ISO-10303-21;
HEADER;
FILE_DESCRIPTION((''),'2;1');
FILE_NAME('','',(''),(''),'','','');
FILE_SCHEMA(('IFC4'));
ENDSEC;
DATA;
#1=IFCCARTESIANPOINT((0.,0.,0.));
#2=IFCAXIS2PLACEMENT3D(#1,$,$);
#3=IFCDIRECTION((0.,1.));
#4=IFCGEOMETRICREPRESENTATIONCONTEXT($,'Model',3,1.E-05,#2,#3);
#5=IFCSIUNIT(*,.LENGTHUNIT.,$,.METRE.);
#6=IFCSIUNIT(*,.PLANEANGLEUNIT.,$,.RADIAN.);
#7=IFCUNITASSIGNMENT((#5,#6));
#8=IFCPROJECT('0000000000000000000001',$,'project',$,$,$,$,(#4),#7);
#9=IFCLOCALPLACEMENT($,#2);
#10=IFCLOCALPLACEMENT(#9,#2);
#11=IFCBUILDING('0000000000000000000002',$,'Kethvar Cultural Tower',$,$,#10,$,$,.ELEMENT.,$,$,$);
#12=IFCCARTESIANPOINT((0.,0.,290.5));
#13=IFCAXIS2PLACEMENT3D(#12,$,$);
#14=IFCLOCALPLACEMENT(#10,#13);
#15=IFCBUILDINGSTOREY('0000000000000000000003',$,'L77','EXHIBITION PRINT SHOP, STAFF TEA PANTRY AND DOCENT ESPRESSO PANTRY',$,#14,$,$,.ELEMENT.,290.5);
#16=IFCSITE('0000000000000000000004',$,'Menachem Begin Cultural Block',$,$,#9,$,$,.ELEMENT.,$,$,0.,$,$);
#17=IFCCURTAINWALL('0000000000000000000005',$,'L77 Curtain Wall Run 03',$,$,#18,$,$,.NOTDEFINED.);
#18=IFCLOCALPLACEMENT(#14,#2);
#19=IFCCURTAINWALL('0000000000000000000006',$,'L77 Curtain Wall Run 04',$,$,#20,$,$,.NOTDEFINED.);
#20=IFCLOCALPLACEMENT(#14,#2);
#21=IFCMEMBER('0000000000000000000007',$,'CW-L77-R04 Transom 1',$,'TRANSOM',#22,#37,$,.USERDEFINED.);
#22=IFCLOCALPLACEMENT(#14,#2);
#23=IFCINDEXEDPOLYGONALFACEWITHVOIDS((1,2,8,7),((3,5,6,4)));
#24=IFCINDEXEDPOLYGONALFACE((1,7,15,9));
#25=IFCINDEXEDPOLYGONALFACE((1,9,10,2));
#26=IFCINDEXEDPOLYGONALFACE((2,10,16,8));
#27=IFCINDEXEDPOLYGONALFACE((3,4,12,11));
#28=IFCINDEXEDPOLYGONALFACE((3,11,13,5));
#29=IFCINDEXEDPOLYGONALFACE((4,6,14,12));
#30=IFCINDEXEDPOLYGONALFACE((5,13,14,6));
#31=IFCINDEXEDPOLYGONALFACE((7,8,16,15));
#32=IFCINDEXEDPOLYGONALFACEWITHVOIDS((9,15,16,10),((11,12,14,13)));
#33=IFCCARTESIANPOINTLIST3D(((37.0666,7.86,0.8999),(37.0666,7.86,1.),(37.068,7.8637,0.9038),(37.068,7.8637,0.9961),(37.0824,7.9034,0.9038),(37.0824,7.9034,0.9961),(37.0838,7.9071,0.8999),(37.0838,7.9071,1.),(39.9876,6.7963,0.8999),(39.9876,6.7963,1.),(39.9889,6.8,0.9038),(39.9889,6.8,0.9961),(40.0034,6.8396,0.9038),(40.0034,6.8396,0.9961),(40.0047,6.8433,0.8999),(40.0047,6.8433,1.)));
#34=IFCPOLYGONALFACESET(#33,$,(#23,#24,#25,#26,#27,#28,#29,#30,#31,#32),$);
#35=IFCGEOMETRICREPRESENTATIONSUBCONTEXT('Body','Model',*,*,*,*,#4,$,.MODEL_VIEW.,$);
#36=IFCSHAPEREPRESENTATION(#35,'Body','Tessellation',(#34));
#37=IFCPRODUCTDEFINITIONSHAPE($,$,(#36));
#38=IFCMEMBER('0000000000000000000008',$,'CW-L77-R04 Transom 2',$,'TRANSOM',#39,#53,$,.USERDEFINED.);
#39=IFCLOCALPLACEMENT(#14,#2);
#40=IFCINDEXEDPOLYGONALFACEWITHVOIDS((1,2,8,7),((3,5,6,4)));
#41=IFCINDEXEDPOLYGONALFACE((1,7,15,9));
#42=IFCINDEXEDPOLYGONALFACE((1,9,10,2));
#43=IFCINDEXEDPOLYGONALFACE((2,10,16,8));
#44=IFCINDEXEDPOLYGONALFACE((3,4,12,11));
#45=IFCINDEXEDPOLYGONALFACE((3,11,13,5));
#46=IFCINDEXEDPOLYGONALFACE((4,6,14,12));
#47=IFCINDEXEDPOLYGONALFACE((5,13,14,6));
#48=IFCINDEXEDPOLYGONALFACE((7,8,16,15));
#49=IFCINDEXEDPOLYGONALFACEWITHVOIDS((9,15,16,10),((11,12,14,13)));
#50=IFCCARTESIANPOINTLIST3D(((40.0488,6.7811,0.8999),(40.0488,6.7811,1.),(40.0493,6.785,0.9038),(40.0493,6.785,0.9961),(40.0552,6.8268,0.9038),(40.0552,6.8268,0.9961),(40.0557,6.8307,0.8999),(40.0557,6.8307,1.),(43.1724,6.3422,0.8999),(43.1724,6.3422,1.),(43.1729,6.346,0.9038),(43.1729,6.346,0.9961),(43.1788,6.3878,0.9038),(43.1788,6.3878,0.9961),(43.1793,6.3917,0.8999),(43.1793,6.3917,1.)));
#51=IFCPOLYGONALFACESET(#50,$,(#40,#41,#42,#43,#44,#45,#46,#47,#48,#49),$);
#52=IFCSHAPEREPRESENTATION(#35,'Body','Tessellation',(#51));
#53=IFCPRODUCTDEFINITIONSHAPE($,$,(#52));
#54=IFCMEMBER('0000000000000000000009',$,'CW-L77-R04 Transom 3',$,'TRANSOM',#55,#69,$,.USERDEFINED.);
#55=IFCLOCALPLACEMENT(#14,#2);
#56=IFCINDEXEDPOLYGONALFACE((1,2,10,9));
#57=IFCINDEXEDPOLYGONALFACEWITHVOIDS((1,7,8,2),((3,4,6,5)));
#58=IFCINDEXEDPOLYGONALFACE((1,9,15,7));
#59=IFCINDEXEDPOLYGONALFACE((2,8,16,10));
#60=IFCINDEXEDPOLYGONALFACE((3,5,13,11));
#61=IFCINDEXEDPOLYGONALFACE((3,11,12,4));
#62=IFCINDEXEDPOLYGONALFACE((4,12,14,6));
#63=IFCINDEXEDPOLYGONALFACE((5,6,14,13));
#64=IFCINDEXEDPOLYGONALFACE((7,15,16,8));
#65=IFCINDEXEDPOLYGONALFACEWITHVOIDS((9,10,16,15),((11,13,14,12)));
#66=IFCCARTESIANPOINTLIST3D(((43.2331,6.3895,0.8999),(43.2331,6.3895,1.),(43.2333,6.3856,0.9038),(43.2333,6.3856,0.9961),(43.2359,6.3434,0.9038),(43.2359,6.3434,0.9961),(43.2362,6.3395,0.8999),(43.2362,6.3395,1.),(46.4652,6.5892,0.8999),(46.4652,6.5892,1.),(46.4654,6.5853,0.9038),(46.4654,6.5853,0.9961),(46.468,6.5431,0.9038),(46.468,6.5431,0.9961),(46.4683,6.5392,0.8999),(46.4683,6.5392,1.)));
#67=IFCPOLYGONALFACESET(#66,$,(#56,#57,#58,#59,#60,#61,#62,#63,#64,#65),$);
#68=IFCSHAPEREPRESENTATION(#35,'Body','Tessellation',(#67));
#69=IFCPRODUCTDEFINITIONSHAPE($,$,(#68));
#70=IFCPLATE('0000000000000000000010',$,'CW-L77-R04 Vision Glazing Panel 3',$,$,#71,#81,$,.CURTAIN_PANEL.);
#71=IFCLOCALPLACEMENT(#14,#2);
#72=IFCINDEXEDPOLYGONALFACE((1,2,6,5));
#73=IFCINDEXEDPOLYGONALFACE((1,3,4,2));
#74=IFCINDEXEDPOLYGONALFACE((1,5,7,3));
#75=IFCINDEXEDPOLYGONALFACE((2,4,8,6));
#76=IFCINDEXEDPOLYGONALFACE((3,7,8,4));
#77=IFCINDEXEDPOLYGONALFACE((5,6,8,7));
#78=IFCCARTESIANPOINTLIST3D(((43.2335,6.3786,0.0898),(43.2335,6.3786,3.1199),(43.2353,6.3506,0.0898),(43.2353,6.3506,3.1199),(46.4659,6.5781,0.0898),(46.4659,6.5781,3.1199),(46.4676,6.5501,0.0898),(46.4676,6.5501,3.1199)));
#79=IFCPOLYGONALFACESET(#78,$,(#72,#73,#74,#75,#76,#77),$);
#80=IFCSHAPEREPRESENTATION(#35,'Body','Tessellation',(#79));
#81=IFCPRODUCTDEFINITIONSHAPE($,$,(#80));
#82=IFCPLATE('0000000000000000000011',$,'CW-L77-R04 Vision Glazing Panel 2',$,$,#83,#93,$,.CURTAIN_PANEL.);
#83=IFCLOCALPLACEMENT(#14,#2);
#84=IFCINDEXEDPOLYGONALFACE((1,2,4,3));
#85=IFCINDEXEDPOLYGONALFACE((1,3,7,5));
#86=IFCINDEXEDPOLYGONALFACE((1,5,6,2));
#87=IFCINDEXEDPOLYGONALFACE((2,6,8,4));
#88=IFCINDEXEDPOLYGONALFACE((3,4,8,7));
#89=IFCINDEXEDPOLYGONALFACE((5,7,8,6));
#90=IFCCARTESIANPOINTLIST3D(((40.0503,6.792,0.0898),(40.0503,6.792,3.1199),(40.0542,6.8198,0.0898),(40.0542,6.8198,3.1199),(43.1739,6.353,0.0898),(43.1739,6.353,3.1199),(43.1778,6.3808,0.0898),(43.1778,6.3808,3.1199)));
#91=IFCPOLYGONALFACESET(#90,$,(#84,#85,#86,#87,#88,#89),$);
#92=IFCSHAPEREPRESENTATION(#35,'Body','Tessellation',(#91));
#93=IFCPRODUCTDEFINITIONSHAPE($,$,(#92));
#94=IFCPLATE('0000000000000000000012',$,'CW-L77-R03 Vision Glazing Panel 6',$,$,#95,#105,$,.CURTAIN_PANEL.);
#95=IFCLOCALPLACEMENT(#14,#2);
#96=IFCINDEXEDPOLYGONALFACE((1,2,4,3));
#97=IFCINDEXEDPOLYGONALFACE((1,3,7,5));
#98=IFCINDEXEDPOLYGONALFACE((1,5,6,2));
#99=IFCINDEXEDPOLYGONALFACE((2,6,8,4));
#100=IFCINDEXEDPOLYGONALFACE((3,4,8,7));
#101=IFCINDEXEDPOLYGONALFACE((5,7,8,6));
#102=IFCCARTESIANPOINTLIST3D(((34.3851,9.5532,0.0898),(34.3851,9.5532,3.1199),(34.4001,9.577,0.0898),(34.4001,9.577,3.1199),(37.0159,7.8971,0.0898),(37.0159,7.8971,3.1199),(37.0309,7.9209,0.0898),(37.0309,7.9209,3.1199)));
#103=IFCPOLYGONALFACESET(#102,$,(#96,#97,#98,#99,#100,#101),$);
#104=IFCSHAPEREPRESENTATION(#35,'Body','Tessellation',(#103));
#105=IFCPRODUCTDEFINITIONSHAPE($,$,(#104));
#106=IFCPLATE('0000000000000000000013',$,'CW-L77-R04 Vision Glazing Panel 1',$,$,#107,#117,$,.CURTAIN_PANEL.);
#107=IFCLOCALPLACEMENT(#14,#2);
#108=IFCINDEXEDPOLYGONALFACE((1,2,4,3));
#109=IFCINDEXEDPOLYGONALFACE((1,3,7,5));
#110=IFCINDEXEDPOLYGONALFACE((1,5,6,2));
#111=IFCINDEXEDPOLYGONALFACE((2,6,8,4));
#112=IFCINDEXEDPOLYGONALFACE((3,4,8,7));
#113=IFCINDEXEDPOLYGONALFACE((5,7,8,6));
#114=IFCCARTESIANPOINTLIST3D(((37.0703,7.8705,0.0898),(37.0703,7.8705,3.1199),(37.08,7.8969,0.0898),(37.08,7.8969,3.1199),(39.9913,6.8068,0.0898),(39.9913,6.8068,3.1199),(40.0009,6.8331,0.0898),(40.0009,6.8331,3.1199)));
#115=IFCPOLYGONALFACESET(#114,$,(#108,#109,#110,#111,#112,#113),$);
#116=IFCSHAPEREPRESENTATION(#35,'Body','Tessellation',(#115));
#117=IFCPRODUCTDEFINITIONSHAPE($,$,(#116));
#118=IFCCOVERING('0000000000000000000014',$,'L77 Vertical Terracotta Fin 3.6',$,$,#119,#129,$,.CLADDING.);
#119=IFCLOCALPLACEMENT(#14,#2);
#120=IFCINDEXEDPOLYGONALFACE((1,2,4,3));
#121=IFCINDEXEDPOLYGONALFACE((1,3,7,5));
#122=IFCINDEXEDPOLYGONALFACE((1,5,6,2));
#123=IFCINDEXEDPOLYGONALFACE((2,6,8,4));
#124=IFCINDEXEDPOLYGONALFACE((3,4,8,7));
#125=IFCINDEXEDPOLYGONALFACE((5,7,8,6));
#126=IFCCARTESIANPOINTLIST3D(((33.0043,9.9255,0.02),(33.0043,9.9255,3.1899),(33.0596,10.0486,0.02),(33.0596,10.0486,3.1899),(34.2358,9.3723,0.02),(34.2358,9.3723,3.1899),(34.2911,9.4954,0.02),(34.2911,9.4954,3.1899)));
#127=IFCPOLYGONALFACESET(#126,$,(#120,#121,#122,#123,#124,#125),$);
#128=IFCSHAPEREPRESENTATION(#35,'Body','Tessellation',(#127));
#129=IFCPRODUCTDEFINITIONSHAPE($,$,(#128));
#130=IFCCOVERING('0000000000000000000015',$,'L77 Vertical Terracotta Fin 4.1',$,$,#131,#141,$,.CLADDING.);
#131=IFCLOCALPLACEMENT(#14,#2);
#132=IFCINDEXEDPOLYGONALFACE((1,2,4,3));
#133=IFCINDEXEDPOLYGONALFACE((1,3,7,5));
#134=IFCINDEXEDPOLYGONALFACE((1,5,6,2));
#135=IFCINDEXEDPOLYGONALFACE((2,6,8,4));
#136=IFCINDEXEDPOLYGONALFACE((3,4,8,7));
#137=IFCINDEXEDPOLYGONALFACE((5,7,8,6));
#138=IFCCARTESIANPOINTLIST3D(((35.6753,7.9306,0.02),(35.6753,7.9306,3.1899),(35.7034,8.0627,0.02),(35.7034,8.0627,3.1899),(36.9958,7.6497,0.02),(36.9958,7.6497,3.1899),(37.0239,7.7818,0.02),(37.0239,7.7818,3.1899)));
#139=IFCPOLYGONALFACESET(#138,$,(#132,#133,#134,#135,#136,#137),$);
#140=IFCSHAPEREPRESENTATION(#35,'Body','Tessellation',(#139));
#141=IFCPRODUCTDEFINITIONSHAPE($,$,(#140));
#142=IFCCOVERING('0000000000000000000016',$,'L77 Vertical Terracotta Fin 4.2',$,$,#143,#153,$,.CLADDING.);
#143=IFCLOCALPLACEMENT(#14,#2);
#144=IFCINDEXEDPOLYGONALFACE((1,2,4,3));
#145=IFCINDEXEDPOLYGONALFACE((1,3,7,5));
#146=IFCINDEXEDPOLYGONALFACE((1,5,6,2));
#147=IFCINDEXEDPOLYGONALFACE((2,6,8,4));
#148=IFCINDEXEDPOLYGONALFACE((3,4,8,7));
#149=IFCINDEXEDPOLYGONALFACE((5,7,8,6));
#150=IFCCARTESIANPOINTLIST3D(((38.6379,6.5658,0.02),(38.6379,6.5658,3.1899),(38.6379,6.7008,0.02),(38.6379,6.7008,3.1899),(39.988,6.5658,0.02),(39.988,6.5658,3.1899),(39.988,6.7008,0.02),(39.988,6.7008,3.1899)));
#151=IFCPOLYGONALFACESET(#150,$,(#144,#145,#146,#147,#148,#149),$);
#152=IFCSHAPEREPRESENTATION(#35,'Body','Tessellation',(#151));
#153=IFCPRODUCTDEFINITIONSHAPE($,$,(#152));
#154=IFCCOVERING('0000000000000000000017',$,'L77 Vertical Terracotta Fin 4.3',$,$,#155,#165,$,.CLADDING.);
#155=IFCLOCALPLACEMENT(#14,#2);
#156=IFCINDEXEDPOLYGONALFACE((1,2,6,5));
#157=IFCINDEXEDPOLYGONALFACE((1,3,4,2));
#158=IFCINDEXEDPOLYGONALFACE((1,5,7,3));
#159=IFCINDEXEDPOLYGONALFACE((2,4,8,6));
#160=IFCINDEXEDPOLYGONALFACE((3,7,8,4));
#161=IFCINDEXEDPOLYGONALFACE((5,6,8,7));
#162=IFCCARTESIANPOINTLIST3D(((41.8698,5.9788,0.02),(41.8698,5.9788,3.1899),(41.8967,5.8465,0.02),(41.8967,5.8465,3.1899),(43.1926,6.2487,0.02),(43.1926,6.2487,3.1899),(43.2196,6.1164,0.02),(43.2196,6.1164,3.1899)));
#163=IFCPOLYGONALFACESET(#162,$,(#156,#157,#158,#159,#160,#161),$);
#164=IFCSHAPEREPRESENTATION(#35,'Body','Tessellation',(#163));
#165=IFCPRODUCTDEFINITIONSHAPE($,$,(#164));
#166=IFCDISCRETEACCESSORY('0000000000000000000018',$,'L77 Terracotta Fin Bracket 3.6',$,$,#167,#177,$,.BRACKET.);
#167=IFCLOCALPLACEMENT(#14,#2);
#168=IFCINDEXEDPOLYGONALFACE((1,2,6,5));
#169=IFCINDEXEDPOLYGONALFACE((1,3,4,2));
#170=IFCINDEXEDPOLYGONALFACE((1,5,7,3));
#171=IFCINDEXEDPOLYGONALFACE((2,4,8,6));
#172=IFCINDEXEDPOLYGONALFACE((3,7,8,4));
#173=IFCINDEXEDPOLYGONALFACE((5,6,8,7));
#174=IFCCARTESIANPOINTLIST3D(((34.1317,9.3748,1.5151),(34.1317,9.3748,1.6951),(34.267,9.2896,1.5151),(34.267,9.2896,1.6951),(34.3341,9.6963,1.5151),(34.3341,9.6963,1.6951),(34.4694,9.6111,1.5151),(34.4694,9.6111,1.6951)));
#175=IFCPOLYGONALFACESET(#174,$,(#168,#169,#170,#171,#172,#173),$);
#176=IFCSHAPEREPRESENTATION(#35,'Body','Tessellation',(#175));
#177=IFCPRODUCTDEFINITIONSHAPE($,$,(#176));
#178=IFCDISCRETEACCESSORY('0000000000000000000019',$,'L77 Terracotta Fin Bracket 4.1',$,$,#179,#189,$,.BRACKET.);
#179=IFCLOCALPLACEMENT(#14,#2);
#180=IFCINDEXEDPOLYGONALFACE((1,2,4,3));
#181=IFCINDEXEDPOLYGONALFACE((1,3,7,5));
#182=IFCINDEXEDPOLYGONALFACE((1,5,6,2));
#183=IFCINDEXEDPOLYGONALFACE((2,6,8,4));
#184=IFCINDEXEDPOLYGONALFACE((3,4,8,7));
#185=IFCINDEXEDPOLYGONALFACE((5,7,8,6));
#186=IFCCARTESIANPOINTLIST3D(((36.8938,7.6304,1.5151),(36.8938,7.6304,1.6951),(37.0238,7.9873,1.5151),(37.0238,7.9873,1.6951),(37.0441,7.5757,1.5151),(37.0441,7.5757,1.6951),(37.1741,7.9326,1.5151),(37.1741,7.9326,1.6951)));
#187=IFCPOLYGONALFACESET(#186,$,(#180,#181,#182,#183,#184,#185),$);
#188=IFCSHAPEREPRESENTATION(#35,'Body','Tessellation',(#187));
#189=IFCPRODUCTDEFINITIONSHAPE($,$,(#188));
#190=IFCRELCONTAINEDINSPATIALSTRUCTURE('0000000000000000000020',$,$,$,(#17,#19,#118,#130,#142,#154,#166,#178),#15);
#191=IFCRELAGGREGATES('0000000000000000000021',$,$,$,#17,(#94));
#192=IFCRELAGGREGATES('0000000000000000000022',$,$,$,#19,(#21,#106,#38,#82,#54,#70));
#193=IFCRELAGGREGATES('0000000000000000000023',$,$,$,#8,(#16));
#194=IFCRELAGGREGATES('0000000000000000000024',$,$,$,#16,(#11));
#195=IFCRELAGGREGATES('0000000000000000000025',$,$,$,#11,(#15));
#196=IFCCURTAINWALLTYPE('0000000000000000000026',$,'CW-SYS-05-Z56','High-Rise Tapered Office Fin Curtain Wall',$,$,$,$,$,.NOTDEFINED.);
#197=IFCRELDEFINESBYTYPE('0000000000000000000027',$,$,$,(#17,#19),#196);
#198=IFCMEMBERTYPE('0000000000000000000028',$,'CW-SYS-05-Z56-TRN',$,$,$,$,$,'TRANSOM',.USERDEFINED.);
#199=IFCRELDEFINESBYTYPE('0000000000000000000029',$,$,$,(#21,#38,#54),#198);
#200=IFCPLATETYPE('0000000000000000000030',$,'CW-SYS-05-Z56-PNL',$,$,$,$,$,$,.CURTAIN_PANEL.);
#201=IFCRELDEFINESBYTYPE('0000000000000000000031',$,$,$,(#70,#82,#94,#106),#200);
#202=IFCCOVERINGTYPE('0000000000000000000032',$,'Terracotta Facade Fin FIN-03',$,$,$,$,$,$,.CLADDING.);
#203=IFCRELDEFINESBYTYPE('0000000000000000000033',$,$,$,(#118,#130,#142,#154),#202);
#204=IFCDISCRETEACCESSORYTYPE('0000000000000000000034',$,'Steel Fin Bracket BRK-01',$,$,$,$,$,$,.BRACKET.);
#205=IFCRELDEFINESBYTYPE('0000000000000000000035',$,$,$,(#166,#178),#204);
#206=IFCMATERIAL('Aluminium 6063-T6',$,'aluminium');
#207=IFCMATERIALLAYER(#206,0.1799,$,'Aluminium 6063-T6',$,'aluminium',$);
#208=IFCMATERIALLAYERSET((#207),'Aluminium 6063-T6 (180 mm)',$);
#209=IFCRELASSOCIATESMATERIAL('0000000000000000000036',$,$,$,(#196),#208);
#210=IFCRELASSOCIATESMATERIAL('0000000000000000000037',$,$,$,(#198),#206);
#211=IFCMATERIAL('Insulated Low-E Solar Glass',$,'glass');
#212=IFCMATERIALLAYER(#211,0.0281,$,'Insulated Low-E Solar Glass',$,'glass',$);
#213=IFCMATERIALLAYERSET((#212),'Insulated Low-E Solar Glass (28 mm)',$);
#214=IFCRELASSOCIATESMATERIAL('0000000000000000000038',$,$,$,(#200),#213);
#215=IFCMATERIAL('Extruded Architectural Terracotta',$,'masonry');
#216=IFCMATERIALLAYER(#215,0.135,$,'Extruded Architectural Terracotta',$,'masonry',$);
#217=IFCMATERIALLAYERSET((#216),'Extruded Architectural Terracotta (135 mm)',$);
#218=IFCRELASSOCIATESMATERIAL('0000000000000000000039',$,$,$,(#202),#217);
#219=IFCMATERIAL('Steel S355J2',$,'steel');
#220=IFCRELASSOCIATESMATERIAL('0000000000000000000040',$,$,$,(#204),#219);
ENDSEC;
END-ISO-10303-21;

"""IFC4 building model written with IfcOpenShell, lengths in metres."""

from ifc_helpers import new_model, si_unit, direction, frame, origin, origin_2d, place, context, subcontext, project, spatial, rectangle, hollow_rectangle, extrude, source, transform, mapped, material, layer, layer_set, material_profile, profile_set, type_object, element, aggregate, save


model = new_model("IFC4")

# Units and contexts
model_context = context("Model", 3, precision=1e-05, world=origin(), true_north=direction((0.0, 1.0)))
body_context = subcontext(model_context, "Body", "Model", "MODEL_VIEW")
ifc_project = project(units=[si_unit("LENGTHUNIT", "METRE"), si_unit("PLANEANGLEUNIT", "RADIAN")], contexts=[model_context])

# Site, building, storey
site_placement = place(None, origin())
site = spatial("IfcSite", under=ifc_project, at=site_placement, Name="Menachem Begin Cultural Block", CompositionType="ELEMENT", RefElevation=0.0)
building_placement = place(site_placement, origin())
building = spatial("IfcBuilding", under=site, at=building_placement, Name="Kethvar Cultural Tower", CompositionType="ELEMENT")
storey_placement = place(building_placement, frame((0.0, 0.0, 290.5)))
storey = spatial("IfcBuildingStorey", under=building, at=storey_placement, Name="L77", Description="EXHIBITION PRINT SHOP, STAFF TEA PANTRY AND DOCENT ESPRESSO PANTRY", CompositionType="ELEMENT", Elevation=290.5)

# Shared definitions
ifc_material_1 = material(Name="Steel S355J2", Category="steel")

# Curtain walls
ifc_material_2 = material(Name="Aluminium 6063-T6", Category="aluminium")
ifc_layer_1 = layer(ifc_material_2, 0.1799, Name="Aluminium 6063-T6", Category="aluminium")
ifc_layer_set_1 = layer_set([ifc_layer_1], Name="Aluminium 6063-T6 (180 mm)")
curtain_wall_type = type_object("IfcCurtainWallType", Name="CW-SYS-05-Z56", Description="High-Rise Tapered Office Fin Curtain Wall", PredefinedType="NOTDEFINED", material=ifc_layer_set_1)
curtain_wall_1_placement = place(storey_placement, origin())
curtain_wall_1 = element("IfcCurtainWall", 1, at=curtain_wall_1_placement, inside=storey, type_object=curtain_wall_type, Name="L77 Curtain Wall Run 03", PredefinedType="NOTDEFINED")
curtain_wall_2_placement = place(storey_placement, origin())
curtain_wall_2 = element("IfcCurtainWall", 2, at=curtain_wall_2_placement, inside=storey, type_object=curtain_wall_type, Name="L77 Curtain Wall Run 04", PredefinedType="NOTDEFINED")

# Members
ifc_material_profile_1 = material_profile(ifc_material_2, hollow_rectangle(XDim=0.05, YDim=0.1001, WallThickness=0.0039, at=origin_2d()), Name="Aluminium 6063-T6 — RHS100x50x4")
ifc_profile_set_1 = profile_set([ifc_material_profile_1], Name="Aluminium 6063-T6 — RHS100x50x4")
member_type_1 = type_object("IfcMemberType", Name="CW-SYS-05-Z56-TRN", ElementType="TRANSOM", PredefinedType="USERDEFINED", material=ifc_profile_set_1)
shared_shape_1 = source(origin(), body_context, "Body", "SweptSolid", [
    extrude(hollow_rectangle(XDim=0.05, YDim=0.1001, WallThickness=0.0039, at=origin_2d()), origin(), (0.0, 0.0, 1.0), 3.1086),
])
member_1_placement = place(storey_placement, frame((37.0752, 7.8835, 0.95), z_axis=(0.939631, -0.342191, 0.0), x_axis=(0.342191, 0.939631, 0.0)))
member_1 = element("IfcMember", 3, at=member_1_placement, type_object=member_type_1, Name="CW-L77-R04 Transom 1", ObjectType="TRANSOM", PredefinedType="USERDEFINED", context=body_context, shape_type="MappedRepresentation", body=[
    mapped(shared_shape_1, transform((0.0, 0.0, 0.0), scale=1.0)),
])
shared_shape_2 = source(origin(), body_context, "Body", "SweptSolid", [
    extrude(hollow_rectangle(XDim=0.05, YDim=0.1001, WallThickness=0.0039, at=origin_2d()), origin(), (0.0, 0.0, 1.0), 3.1543),
])
member_2_placement = place(storey_placement, frame((40.0522, 6.8059, 0.95), z_axis=(0.990269, -0.139167, 0.0), x_axis=(0.139167, 0.990269, 0.0)))
member_2 = element("IfcMember", 4, at=member_2_placement, type_object=member_type_1, Name="CW-L77-R04 Transom 2", ObjectType="TRANSOM", PredefinedType="USERDEFINED", context=body_context, shape_type="MappedRepresentation", body=[
    mapped(shared_shape_2, transform((0.0, 0.0, 0.0), scale=1.0)),
])
shared_shape_3 = source(origin(), body_context, "Body", "SweptSolid", [
    extrude(hollow_rectangle(XDim=0.05, YDim=0.1001, WallThickness=0.0039, at=origin_2d()), origin(), (0.0, 0.0, 1.0), 3.2383),
])
member_3_placement = place(storey_placement, frame((43.2346, 6.3645, 0.95), z_axis=(0.998097, 0.06167, 0.0), x_axis=(-0.06167, 0.998097, 0.0)))
member_3 = element("IfcMember", 5, at=member_3_placement, type_object=member_type_1, Name="CW-L77-R04 Transom 3", ObjectType="TRANSOM", PredefinedType="USERDEFINED", context=body_context, shape_type="MappedRepresentation", body=[
    mapped(shared_shape_3, transform((0.0, 0.0, 0.0), scale=1.0)),
])

# Plates
ifc_material_3 = material(Name="Insulated Low-E Solar Glass", Category="glass")
ifc_layer_2 = layer(ifc_material_3, 0.0281, Name="Insulated Low-E Solar Glass", Category="glass")
ifc_layer_set_2 = layer_set([ifc_layer_2], Name="Insulated Low-E Solar Glass (28 mm)")
plate_type = type_object("IfcPlateType", Name="CW-SYS-05-Z56-PNL", PredefinedType="CURTAIN_PANEL", material=ifc_layer_set_2)
shared_shape_4 = source(origin(), body_context, "Body", "SweptSolid", [
    extrude(rectangle(XDim=3.2385, YDim=0.0281, at=origin_2d()), origin(), (0.0, 0.0, 1.0), 3.03),
])
plate_1_placement = place(storey_placement, frame((44.8506, 6.4644, 0.0898), z_axis=(0.0, 0.0, 1.0), x_axis=(0.998101, 0.061606, 0.0)))
plate_1 = element("IfcPlate", 6, at=plate_1_placement, type_object=plate_type, Name="CW-L77-R04 Vision Glazing Panel 3", PredefinedType="CURTAIN_PANEL", context=body_context, shape_type="MappedRepresentation", body=[
    mapped(shared_shape_4, transform((0.0, 0.0, 0.0), scale=1.0)),
])
shared_shape_5 = source(origin(), body_context, "Body", "SweptSolid", [
    extrude(rectangle(XDim=3.1543, YDim=0.0281, at=origin_2d()), origin(), (0.0, 0.0, 1.0), 3.03),
])
plate_2_placement = place(storey_placement, frame((41.614, 6.5864, 0.0898), z_axis=(0.0, 0.0, 1.0), x_axis=(0.990268, -0.139173, 0.0)))
plate_2 = element("IfcPlate", 7, at=plate_2_placement, type_object=plate_type, Name="CW-L77-R04 Vision Glazing Panel 2", PredefinedType="CURTAIN_PANEL", context=body_context, shape_type="MappedRepresentation", body=[
    mapped(shared_shape_5, transform((0.0, 0.0, 0.0), scale=1.0)),
])
shared_shape_6 = source(origin(), body_context, "Body", "SweptSolid", [
    extrude(rectangle(XDim=3.1086, YDim=0.0281, at=origin_2d()), origin(), (0.0, 0.0, 1.0), 3.03),
])
plate_3_placement = place(storey_placement, frame((35.708, 8.7371, 0.0898), z_axis=(0.0, 0.0, 1.0), x_axis=(0.846277, -0.532743, 0.0)))
plate_3 = element("IfcPlate", 8, at=plate_3_placement, type_object=plate_type, Name="CW-L77-R03 Vision Glazing Panel 6", PredefinedType="CURTAIN_PANEL", context=body_context, shape_type="MappedRepresentation", body=[
    mapped(shared_shape_6, transform((0.0, 0.0, 0.0), scale=1.0)),
])
aggregate(curtain_wall_1, [plate_3])
plate_4_placement = place(storey_placement, frame((38.5356, 7.3518, 0.0898), z_axis=(0.0, 0.0, 1.0), x_axis=(0.939633, -0.342184, 0.0)))
plate_4 = element("IfcPlate", 9, at=plate_4_placement, type_object=plate_type, Name="CW-L77-R04 Vision Glazing Panel 1", PredefinedType="CURTAIN_PANEL", context=body_context, shape_type="MappedRepresentation", body=[
    mapped(shared_shape_6, transform((0.0, 0.0, 0.0), scale=1.0)),
])
aggregate(curtain_wall_2, [member_1, plate_4, member_2, plate_2, member_3, plate_1])

# Coverings
ifc_material_4 = material(Name="Extruded Architectural Terracotta", Category="masonry")
ifc_layer_3 = layer(ifc_material_4, 0.135, Name="Extruded Architectural Terracotta", Category="masonry")
ifc_layer_set_3 = layer_set([ifc_layer_3], Name="Extruded Architectural Terracotta (135 mm)")
covering_type = type_object("IfcCoveringType", Name="Terracotta Facade Fin FIN-03", PredefinedType="CLADDING", material=ifc_layer_set_3)
shared_shape_7 = source(origin(), body_context, "Body", "SweptSolid", [
    extrude(rectangle(XDim=1.3501, YDim=0.135, at=origin_2d()), origin(), (0.0, 0.0, 1.0), 3.1699),
])
for number, where, z_axis, x_axis, name in (
    (10, (33.6477, 9.7104, 0.02), (0.0, 0.0, 1.0), (-0.912192, 0.409764, 0.0), "L77 Vertical Terracotta Fin 3.6"),
    (11, (36.3496, 7.8562, 0.02), (0.0, 0.0, 1.0), (-0.978111, 0.208082, 0.0), "L77 Vertical Terracotta Fin 4.1"),
    (12, (39.313, 6.6333, 0.02), (0.0, 0.0, 1.0), (-1.0, 0.0, 0.0), "L77 Vertical Terracotta Fin 4.2"),
    (13, (42.5447, 6.0476, 0.02), (0.0, 0.0, 1.0), (-0.97982, -0.199881, 0.0), "L77 Vertical Terracotta Fin 4.3"),
):
    element("IfcCovering", number, at=place(storey_placement, frame(where, z_axis=z_axis, x_axis=x_axis)), inside=storey, type_object=covering_type, Name=name, PredefinedType="CLADDING", context=body_context, shape_type="MappedRepresentation", body=[
        mapped(shared_shape_7, transform((0.0, 0.0, 0.0), scale=1.0)),
    ])

# Discrete accessories
discrete_accessory_type = type_object("IfcDiscreteAccessoryType", Name="Steel Fin Bracket BRK-01", PredefinedType="BRACKET", material=ifc_material_1)
shared_shape_8 = source(origin(), body_context, "Body", "SweptSolid", [
    extrude(rectangle(XDim=0.3799, YDim=0.1599, at=origin_2d()), origin(), (0.0, 0.0, 1.0), 0.1799),
])
for number, where, z_axis, x_axis, name in (
    (14, (34.3005, 9.4929, 1.5151), (0.0, 0.0, 1.0), (-0.532729, -0.846286, 0.0), "L77 Terracotta Fin Bracket 3.6"),
    (15, (37.0339, 7.7815, 1.5151), (0.0, 0.0, 1.0), (-0.342184, -0.939633, 0.0), "L77 Terracotta Fin Bracket 4.1"),
):
    element("IfcDiscreteAccessory", number, at=place(storey_placement, frame(where, z_axis=z_axis, x_axis=x_axis)), inside=storey, type_object=discrete_accessory_type, Name=name, PredefinedType="BRACKET", context=body_context, shape_type="MappedRepresentation", body=[
        mapped(shared_shape_8, transform((0.0, 0.0, 0.0), scale=1.0)),
    ])

save(model, "model.ifc")
